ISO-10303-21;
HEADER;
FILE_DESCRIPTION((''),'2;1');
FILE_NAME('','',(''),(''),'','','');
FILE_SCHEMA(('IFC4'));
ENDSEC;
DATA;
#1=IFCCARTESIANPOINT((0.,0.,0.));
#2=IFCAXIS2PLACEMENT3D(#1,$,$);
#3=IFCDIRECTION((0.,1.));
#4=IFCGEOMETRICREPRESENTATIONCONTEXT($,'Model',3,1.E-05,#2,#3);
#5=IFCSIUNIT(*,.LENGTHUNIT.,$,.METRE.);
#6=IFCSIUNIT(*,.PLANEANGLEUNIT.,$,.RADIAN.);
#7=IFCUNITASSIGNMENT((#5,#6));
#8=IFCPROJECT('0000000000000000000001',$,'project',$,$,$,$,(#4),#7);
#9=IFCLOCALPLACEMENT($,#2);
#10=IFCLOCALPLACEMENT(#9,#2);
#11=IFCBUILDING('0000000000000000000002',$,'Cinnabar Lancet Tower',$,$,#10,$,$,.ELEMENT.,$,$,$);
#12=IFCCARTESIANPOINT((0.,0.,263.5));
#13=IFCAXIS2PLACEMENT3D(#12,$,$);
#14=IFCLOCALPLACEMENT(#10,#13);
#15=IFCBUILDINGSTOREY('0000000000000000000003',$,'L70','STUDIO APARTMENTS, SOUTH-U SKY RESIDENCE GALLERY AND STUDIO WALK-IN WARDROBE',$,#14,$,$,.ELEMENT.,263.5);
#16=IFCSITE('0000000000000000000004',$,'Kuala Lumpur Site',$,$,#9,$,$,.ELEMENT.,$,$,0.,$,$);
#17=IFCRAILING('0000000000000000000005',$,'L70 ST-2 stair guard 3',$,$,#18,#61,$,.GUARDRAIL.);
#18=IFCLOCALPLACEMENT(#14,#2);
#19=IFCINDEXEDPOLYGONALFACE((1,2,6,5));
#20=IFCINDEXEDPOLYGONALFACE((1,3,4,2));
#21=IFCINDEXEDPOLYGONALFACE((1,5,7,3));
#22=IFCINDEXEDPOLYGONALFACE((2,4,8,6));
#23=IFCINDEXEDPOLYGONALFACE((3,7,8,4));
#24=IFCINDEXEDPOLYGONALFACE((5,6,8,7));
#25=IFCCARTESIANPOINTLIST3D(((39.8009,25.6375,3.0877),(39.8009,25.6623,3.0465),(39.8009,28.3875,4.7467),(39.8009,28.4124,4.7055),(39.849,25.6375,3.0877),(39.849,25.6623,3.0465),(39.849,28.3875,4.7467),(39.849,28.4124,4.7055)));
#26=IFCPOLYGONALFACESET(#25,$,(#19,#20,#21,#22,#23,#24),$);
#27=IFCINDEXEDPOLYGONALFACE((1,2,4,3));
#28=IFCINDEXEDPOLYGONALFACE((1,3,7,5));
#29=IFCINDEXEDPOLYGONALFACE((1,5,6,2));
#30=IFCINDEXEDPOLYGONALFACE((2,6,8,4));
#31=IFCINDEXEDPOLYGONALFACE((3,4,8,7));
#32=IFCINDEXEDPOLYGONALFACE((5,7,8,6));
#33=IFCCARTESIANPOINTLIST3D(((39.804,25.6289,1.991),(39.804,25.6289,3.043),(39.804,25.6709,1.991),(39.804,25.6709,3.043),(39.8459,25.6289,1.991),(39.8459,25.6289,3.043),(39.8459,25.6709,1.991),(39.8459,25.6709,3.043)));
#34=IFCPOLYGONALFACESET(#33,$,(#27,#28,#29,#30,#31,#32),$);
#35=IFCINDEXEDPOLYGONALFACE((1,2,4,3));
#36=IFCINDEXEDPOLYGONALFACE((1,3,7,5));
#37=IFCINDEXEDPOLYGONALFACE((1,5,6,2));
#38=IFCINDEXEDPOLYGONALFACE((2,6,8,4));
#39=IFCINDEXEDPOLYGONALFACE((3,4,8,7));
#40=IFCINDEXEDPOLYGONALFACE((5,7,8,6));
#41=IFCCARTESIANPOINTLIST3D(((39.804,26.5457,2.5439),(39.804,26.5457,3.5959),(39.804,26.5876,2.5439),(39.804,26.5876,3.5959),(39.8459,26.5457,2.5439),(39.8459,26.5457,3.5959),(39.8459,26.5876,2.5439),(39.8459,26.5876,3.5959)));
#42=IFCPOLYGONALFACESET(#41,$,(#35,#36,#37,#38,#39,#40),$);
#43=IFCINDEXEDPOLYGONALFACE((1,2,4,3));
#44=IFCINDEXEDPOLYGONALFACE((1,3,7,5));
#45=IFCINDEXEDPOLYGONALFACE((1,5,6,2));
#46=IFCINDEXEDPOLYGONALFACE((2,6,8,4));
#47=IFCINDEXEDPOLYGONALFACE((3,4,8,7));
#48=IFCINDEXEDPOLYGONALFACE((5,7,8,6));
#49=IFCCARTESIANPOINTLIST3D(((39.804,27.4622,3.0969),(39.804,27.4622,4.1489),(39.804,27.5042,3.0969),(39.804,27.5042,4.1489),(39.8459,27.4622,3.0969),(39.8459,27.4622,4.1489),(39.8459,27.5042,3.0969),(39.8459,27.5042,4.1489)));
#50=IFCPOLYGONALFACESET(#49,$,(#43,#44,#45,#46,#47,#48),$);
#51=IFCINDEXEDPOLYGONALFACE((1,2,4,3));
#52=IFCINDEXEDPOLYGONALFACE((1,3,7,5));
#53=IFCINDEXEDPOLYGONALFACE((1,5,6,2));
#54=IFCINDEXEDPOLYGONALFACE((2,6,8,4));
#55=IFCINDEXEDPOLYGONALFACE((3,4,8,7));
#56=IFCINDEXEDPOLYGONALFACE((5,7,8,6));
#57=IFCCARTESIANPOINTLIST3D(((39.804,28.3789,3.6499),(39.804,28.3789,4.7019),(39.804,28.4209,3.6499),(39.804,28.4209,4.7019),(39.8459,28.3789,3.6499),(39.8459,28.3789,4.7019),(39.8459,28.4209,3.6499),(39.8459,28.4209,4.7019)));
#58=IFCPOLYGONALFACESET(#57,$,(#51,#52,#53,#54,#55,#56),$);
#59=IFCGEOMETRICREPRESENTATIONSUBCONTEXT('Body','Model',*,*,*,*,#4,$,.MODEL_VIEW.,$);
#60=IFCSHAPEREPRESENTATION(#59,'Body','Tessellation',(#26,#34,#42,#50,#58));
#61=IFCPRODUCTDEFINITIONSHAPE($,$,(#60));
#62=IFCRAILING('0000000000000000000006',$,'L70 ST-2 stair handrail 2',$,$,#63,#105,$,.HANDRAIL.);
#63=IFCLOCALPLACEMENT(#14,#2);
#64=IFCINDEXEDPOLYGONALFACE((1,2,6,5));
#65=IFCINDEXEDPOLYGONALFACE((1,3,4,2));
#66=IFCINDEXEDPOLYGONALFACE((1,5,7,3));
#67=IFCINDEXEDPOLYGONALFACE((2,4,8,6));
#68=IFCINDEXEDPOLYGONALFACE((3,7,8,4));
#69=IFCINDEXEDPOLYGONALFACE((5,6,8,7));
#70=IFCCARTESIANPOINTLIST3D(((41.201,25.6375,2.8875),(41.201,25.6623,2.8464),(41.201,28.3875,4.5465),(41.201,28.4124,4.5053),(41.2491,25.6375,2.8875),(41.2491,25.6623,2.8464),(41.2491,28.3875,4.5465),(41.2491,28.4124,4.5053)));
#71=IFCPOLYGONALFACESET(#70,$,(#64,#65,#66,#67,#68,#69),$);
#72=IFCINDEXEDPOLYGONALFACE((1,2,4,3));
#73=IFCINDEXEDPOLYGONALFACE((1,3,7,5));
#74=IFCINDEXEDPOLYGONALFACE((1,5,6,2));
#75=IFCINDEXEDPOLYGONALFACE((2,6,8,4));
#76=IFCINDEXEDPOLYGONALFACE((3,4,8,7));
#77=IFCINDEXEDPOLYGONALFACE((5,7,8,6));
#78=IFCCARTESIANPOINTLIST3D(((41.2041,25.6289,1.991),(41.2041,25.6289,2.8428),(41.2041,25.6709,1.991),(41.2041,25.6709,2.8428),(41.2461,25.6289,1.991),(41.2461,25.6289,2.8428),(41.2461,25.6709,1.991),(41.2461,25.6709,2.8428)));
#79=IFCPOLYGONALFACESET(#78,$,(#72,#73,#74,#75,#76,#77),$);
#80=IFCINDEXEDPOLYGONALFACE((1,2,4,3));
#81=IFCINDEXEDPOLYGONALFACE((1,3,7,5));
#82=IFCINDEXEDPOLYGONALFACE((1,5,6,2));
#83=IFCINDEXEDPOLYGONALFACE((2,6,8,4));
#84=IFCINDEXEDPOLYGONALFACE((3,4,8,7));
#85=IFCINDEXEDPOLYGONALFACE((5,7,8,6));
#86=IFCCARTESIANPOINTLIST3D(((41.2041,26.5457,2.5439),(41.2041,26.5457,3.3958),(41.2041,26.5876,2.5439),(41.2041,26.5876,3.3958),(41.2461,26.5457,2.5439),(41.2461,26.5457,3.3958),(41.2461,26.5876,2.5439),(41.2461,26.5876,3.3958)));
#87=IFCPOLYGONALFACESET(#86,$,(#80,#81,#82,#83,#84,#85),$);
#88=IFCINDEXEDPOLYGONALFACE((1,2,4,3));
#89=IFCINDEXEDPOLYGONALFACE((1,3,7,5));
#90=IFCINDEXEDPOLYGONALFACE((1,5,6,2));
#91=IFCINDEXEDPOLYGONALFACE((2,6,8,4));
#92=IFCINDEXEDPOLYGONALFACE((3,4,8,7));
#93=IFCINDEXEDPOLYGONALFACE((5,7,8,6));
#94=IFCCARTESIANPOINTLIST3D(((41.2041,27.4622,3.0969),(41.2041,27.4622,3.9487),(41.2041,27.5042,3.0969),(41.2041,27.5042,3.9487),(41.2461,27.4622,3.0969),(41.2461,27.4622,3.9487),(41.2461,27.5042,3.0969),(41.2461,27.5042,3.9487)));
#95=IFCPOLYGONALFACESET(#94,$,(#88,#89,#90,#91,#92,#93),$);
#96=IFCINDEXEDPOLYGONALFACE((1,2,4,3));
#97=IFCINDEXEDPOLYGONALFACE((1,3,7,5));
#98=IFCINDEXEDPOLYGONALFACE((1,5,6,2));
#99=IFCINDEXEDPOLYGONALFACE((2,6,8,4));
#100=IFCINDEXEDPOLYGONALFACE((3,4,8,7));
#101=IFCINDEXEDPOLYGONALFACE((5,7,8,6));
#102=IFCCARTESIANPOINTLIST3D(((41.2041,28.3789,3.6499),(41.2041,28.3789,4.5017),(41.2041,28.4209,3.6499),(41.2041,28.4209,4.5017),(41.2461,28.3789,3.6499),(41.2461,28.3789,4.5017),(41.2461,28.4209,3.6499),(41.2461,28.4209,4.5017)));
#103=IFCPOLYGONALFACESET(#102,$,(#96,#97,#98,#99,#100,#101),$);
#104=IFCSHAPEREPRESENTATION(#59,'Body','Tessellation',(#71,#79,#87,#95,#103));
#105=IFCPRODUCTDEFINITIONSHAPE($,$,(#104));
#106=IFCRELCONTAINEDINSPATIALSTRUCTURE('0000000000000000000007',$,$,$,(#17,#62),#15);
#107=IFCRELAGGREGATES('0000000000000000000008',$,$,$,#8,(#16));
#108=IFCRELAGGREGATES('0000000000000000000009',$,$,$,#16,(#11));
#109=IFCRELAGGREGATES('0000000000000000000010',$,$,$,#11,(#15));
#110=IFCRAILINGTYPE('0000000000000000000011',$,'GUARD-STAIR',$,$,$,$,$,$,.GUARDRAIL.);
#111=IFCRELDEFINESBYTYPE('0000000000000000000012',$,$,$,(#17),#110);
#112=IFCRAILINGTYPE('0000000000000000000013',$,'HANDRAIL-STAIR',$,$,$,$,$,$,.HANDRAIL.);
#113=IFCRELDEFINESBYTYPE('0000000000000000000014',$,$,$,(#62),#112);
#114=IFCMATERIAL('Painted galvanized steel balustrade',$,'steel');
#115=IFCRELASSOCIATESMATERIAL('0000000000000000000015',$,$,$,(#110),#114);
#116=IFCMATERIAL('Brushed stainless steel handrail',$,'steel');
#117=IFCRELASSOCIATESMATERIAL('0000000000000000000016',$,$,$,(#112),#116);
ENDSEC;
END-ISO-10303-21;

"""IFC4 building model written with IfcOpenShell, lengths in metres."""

from ifc_helpers import new_model, si_unit, direction, frame, origin, origin_2d, place, context, subcontext, project, spatial, rectangle, extrude, material, type_object, element, save


model = new_model("IFC4")

# Units and contexts
model_context = context("Model", 3, precision=1e-05, world=origin(), true_north=direction((0.0, 1.0)))
body_context = subcontext(model_context, "Body", "Model", "MODEL_VIEW")
ifc_project = project(units=[si_unit("LENGTHUNIT", "METRE"), si_unit("PLANEANGLEUNIT", "RADIAN")], contexts=[model_context])

# Site, building, storey
site_placement = place(None, origin())
site = spatial("IfcSite", under=ifc_project, at=site_placement, Name="Kuala Lumpur Site", CompositionType="ELEMENT", RefElevation=0.0)
building_placement = place(site_placement, origin())
building = spatial("IfcBuilding", under=site, at=building_placement, Name="Cinnabar Lancet Tower", CompositionType="ELEMENT")
storey_placement = place(building_placement, frame((0.0, 0.0, 263.5)))
storey = spatial("IfcBuildingStorey", under=building, at=storey_placement, Name="L70", Description="STUDIO APARTMENTS, SOUTH-U SKY RESIDENCE GALLERY AND STUDIO WALK-IN WARDROBE", CompositionType="ELEMENT", Elevation=263.5)

# Railings
ifc_material_1 = material(Name="Painted galvanized steel balustrade", Category="steel")
railing_type_1 = type_object("IfcRailingType", Name="GUARD-STAIR", PredefinedType="GUARDRAIL", material=ifc_material_1)
railing_1_placement = place(storey_placement, frame((39.825, 25.6499, 1.991)))
element("IfcRailing", 1, at=railing_1_placement, inside=storey, type_object=railing_type_1, Name="L70 ST-2 stair guard 3", PredefinedType="GUARDRAIL", context=body_context, shape_type="SweptSolid", body=[
    extrude(rectangle(XDim=0.0481, YDim=0.0481, at=origin_2d()), frame((0.0, 0.0, 1.0762), z_axis=(0.0, 0.856263, 0.51654), x_axis=(-1.0, 0.0, 0.0)), (0.0, 0.0, 1.0), 3.2117),
    extrude(rectangle(XDim=0.042, YDim=0.042, at=origin_2d()), origin(), (0.0, 0.0, 1.0), 1.052),
    extrude(rectangle(XDim=0.042, YDim=0.042, at=origin_2d()), frame((0.0, 0.9167, 0.553)), (0.0, 0.0, 1.0), 1.052),
    extrude(rectangle(XDim=0.042, YDim=0.042, at=origin_2d()), frame((0.0, 1.8333, 1.106)), (0.0, 0.0, 1.0), 1.052),
    extrude(rectangle(XDim=0.042, YDim=0.042, at=origin_2d()), frame((0.0, 2.75, 1.6589)), (0.0, 0.0, 1.0), 1.052),
])
ifc_material_2 = material(Name="Brushed stainless steel handrail", Category="steel")
railing_type_2 = type_object("IfcRailingType", Name="HANDRAIL-STAIR", PredefinedType="HANDRAIL", material=ifc_material_2)
railing_2_placement = place(storey_placement, frame((41.2251, 25.6499, 1.991)))
element("IfcRailing", 2, at=railing_2_placement, inside=storey, type_object=railing_type_2, Name="L70 ST-2 stair handrail 2", PredefinedType="HANDRAIL", context=body_context, shape_type="SweptSolid", body=[
    extrude(rectangle(XDim=0.0481, YDim=0.0481, at=origin_2d()), frame((0.0, 0.0, 0.876), z_axis=(0.0, 0.856263, 0.51654), x_axis=(-1.0, 0.0, 0.0)), (0.0, 0.0, 1.0), 3.2117),
    extrude(rectangle(XDim=0.042, YDim=0.042, at=origin_2d()), origin(), (0.0, 0.0, 1.0), 0.8518),
    extrude(rectangle(XDim=0.042, YDim=0.042, at=origin_2d()), frame((0.0, 0.9167, 0.553)), (0.0, 0.0, 1.0), 0.8518),
    extrude(rectangle(XDim=0.042, YDim=0.042, at=origin_2d()), frame((0.0, 1.8333, 1.106)), (0.0, 0.0, 1.0), 0.8518),
    extrude(rectangle(XDim=0.042, YDim=0.042, at=origin_2d()), frame((0.0, 2.75, 1.6589)), (0.0, 0.0, 1.0), 0.8518),
])

save(model, "model.ifc")
